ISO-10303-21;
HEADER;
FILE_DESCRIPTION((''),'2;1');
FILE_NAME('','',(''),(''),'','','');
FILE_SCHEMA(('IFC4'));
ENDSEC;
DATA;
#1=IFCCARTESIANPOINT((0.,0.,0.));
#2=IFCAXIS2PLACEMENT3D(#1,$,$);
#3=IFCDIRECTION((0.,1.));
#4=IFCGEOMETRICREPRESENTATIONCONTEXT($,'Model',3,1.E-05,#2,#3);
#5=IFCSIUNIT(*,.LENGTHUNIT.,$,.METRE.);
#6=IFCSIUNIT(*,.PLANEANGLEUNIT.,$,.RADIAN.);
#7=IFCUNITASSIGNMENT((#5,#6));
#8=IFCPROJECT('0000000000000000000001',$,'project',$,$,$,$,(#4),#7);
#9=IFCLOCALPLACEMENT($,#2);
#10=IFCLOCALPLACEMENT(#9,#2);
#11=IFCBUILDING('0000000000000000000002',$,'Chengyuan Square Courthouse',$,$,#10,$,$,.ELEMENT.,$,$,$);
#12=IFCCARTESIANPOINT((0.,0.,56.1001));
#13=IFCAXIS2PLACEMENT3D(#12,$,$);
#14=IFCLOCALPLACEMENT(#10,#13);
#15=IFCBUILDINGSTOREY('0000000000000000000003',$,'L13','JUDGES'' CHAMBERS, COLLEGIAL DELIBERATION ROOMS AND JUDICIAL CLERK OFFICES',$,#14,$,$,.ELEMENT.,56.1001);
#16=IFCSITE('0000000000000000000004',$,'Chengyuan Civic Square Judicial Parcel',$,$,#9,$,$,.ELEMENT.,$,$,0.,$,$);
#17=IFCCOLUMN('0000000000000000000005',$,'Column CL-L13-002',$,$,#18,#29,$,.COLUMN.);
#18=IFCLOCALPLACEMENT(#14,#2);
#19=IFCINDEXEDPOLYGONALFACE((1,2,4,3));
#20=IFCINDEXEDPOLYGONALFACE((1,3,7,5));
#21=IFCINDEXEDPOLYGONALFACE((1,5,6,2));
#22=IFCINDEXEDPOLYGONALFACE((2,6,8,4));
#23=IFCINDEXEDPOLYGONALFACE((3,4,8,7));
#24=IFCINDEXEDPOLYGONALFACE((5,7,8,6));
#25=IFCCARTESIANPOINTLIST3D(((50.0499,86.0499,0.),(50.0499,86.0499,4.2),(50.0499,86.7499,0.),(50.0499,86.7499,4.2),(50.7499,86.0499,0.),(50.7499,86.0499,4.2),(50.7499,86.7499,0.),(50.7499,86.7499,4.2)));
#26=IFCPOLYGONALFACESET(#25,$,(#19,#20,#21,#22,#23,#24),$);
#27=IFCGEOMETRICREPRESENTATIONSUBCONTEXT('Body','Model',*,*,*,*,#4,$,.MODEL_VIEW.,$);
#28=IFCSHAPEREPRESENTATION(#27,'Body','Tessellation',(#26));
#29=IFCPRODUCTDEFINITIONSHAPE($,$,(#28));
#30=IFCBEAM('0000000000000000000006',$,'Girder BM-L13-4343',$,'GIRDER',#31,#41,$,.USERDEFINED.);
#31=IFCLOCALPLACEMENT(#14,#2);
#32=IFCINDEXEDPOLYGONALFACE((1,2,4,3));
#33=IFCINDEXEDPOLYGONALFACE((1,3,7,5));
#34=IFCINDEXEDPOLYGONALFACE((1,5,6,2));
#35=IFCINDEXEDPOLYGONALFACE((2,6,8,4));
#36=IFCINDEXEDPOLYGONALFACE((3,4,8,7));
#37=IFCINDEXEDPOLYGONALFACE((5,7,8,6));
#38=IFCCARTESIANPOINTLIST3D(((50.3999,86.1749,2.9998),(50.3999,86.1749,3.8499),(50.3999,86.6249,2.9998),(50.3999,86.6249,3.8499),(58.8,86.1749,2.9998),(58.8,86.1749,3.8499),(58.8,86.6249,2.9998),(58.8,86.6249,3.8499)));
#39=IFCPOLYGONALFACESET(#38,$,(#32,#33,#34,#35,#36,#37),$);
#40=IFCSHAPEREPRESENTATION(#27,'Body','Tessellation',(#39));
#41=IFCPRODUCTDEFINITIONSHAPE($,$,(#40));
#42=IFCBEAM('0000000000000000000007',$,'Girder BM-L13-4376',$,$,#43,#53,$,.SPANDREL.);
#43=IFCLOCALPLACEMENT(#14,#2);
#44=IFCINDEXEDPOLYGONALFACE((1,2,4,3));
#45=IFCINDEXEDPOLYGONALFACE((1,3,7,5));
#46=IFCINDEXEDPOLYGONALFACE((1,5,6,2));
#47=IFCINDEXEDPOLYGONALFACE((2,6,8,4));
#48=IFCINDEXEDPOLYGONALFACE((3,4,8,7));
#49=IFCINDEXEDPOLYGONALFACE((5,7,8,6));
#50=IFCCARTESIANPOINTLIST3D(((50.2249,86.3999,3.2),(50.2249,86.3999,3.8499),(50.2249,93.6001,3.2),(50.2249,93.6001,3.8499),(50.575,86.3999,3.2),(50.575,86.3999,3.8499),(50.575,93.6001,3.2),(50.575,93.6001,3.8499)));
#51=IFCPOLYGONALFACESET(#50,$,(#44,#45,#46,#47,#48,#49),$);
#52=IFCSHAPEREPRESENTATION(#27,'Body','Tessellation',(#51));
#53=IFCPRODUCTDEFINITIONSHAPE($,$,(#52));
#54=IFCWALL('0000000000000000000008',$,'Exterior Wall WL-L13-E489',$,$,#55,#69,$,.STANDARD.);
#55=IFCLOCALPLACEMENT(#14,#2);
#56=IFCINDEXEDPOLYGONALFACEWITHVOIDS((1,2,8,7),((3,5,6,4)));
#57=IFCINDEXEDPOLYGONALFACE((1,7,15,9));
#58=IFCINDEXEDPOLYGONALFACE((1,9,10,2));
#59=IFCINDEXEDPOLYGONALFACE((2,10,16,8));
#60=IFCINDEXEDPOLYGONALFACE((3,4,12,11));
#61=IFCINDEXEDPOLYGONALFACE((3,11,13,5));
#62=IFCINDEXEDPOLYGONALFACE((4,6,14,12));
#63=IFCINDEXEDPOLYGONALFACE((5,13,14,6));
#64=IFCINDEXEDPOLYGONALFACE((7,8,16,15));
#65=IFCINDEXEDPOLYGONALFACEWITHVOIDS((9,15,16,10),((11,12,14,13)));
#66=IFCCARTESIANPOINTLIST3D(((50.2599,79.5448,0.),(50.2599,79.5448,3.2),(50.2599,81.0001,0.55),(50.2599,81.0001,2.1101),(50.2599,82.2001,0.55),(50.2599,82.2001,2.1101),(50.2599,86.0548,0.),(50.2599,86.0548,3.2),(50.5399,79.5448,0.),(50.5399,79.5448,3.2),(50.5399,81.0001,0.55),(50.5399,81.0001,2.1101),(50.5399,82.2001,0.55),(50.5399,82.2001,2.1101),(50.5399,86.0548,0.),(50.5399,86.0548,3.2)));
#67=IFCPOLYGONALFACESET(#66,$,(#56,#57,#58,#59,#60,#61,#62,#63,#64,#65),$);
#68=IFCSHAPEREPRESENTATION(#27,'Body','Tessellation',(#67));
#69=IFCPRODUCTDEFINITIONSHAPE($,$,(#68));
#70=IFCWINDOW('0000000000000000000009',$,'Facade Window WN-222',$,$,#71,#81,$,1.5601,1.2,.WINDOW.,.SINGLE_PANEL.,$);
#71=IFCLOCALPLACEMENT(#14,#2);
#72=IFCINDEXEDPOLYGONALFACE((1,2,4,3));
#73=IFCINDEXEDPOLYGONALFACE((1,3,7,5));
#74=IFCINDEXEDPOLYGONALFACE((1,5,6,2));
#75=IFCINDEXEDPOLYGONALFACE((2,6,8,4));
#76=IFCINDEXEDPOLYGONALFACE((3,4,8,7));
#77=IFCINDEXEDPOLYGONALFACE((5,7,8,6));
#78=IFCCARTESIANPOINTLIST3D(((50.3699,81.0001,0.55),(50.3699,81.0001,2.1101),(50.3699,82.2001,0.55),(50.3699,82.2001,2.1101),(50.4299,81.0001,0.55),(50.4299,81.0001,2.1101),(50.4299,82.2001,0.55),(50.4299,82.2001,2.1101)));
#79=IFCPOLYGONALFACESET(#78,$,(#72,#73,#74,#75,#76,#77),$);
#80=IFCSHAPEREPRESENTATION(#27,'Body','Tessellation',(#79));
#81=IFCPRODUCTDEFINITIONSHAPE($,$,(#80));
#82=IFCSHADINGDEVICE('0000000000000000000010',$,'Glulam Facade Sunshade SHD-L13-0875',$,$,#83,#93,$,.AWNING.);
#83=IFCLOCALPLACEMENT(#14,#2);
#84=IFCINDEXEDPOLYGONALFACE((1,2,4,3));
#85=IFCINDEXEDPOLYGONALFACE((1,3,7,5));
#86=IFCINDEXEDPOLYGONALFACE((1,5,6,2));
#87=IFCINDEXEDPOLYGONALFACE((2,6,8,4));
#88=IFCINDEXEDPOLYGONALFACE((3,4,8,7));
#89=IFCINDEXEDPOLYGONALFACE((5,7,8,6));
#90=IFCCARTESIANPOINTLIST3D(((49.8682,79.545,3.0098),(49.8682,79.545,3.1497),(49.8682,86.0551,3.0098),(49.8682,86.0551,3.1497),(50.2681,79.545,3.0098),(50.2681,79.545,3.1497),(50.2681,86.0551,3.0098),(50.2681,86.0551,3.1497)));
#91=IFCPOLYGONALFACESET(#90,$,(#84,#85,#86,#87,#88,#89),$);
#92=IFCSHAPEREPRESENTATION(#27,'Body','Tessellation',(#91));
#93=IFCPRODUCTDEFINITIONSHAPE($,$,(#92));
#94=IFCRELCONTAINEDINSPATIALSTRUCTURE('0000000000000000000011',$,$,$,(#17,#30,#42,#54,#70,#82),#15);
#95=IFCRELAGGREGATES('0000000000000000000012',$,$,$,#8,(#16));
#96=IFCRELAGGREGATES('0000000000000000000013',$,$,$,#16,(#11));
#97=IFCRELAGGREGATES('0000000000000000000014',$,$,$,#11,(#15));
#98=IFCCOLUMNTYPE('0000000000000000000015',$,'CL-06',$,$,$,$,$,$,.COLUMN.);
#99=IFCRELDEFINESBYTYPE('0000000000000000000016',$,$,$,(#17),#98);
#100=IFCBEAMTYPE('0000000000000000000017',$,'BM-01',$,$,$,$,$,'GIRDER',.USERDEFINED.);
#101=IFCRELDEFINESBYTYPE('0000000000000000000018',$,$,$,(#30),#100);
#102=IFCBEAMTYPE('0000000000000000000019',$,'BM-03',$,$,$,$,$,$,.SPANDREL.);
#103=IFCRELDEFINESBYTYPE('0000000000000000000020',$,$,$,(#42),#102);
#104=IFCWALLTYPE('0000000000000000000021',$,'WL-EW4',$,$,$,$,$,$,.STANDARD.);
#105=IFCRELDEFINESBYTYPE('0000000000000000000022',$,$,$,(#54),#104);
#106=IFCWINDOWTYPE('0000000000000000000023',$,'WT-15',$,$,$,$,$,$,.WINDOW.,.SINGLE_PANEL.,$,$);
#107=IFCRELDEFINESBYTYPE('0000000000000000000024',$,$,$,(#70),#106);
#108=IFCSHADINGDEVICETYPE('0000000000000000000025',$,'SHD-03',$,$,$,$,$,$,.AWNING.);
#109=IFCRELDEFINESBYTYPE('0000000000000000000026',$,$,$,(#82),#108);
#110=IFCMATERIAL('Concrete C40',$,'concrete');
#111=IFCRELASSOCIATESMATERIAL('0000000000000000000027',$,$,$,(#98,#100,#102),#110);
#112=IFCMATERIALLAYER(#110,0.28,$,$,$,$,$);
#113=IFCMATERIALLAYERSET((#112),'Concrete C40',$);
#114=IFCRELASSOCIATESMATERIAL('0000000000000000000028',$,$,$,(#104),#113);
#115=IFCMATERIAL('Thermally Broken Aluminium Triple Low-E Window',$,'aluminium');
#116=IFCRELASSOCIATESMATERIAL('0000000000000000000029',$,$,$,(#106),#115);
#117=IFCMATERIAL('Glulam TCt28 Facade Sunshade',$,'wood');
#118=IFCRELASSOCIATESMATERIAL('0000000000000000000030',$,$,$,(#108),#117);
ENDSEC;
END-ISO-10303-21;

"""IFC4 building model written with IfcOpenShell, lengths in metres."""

from ifc_helpers import new_model, si_unit, direction, frame, frame_2d, origin, origin_2d, place, context, subcontext, project, spatial, rectangle, extrude, material, layer, layer_set, material_profile, profile_set, type_object, element, fill, save


model = new_model("IFC4")

# Units and contexts
model_context = context("Model", 3, precision=1e-05, world=origin(), true_north=direction((0.0, 1.0)))
body_context = subcontext(model_context, "Body", "Model", "MODEL_VIEW")
ifc_project = project(units=[si_unit("LENGTHUNIT", "METRE"), si_unit("PLANEANGLEUNIT", "RADIAN")], contexts=[model_context])

# Site, building, storey
site_placement = place(None, origin())
site = spatial("IfcSite", under=ifc_project, at=site_placement, Name="Chengyuan Civic Square Judicial Parcel", CompositionType="ELEMENT", RefElevation=0.0)
building_placement = place(site_placement, origin())
building = spatial("IfcBuilding", under=site, at=building_placement, Name="Chengyuan Square Courthouse", CompositionType="ELEMENT")
storey_placement = place(building_placement, frame((0.0, 0.0, 56.1001)))
storey = spatial("IfcBuildingStorey", under=building, at=storey_placement, Name="L13", Description="JUDGES' CHAMBERS, COLLEGIAL DELIBERATION ROOMS AND JUDICIAL CLERK OFFICES", CompositionType="ELEMENT", Elevation=56.1001)

# Column
ifc_material_1 = material(Name="Concrete C40", Category="concrete")
ifc_material_profile_1 = material_profile(ifc_material_1, rectangle(XDim=0.7, YDim=0.7, at=origin_2d()), Name="RC-COL-700x700")
ifc_profile_set_1 = profile_set([ifc_material_profile_1], Name="Concrete C40")
column_type = type_object("IfcColumnType", Name="CL-06", PredefinedType="COLUMN", material=ifc_profile_set_1)
column_placement = place(storey_placement, frame((50.3999, 86.3999, 0.0), z_axis=(0.0, 0.0, 1.0), x_axis=(1.0, 0.0, 0.0)))
element("IfcColumn", 1, at=column_placement, inside=storey, type_object=column_type, Name="Column CL-L13-002", PredefinedType="COLUMN", context=body_context, shape_type="SweptSolid", body=[
    extrude(rectangle(XDim=0.7, YDim=0.7, at=origin_2d()), origin(), (0.0, 0.0, 1.0), 4.2),
])

# Beams
ifc_material_profile_2 = material_profile(ifc_material_1, rectangle(XDim=0.45, YDim=0.8501, at=origin_2d()), Name="RC-BM-450x850")
ifc_profile_set_2 = profile_set([ifc_material_profile_2], Name="Concrete C40")
beam_type_1 = type_object("IfcBeamType", Name="BM-01", ElementType="GIRDER", PredefinedType="USERDEFINED", material=ifc_profile_set_2)
beam_1_placement = place(storey_placement, frame((50.3999, 86.3999, 3.4248), z_axis=(1.0, 0.0, 0.0), x_axis=(0.0, 1.0, 0.0)))
element("IfcBeam", 2, at=beam_1_placement, inside=storey, type_object=beam_type_1, Name="Girder BM-L13-4343", ObjectType="GIRDER", PredefinedType="USERDEFINED", context=body_context, shape_type="SweptSolid", body=[
    extrude(rectangle(XDim=0.45, YDim=0.8501, at=origin_2d()), origin(), (0.0, 0.0, 1.0), 8.4001),
])
ifc_material_profile_3 = material_profile(ifc_material_1, rectangle(XDim=0.3501, YDim=0.6499, at=origin_2d()), Name="RC-BM-350x650")
ifc_profile_set_3 = profile_set([ifc_material_profile_3], Name="Concrete C40")
beam_type_2 = type_object("IfcBeamType", Name="BM-03", PredefinedType="SPANDREL", material=ifc_profile_set_3)
beam_2_placement = place(storey_placement, frame((50.3999, 86.3999, 3.5249), z_axis=(0.0, 1.0, 0.0), x_axis=(-1.0, 0.0, 0.0)))
element("IfcBeam", 3, at=beam_2_placement, inside=storey, type_object=beam_type_2, Name="Girder BM-L13-4376", PredefinedType="SPANDREL", context=body_context, shape_type="SweptSolid", body=[
    extrude(rectangle(XDim=0.3501, YDim=0.6499, at=origin_2d()), origin(), (0.0, 0.0, 1.0), 7.2002),
])

# Wall, opening, window
ifc_layer_1 = layer(ifc_material_1, 0.28)
ifc_layer_set_1 = layer_set([ifc_layer_1], Name="Concrete C40")
wall_type_1 = type_object("IfcWallType", Name="WL-EW4", PredefinedType="STANDARD", material=ifc_layer_set_1)
wall_1_placement = place(storey_placement, frame((50.3999, 79.5449, 0.0), z_axis=(0.0, 0.0, 1.0), x_axis=(0.0, 1.0, 0.0)))
wall_1 = element("IfcWall", 4, at=wall_1_placement, inside=storey, type_object=wall_type_1, Name="Exterior Wall WL-L13-E489", PredefinedType="STANDARD", context=body_context, shape_type="SweptSolid", body=[
    extrude(rectangle(XDim=6.51, YDim=0.28, at=frame_2d((3.2549, 0.0))), origin(), (0.0, 0.0, 1.0), 3.2),
])
opening_1_placement = place(wall_1_placement, frame((1.4551, 0.0, 0.55)))
opening_1 = element("IfcOpeningElement", 5, at=opening_1_placement, cuts=wall_1, PredefinedType="OPENING", context=body_context, shape_type="SweptSolid", body=[
    extrude(rectangle(XDim=1.2, YDim=1.5601, at=frame_2d((0.6001, 0.78))), frame((0.0, 0.1521, 0.0), z_axis=(0.0, -1.0, 0.0), x_axis=(1.0, 0.0, 0.0)), (0.0, 0.0, 1.0), 0.304),
])
ifc_material_2 = material(Name="Thermally Broken Aluminium Triple Low-E Window", Category="aluminium")
window_type = type_object("IfcWindowType", Name="WT-15", PartitioningType="SINGLE_PANEL", PredefinedType="WINDOW", material=ifc_material_2)
window_placement = place(opening_1_placement, origin())
window = element("IfcWindow", 6, at=window_placement, inside=storey, type_object=window_type, Name="Facade Window WN-222", OverallHeight=1.5601, OverallWidth=1.2, PartitioningType="SINGLE_PANEL", PredefinedType="WINDOW", context=body_context, shape_type="SweptSolid", body=[
    extrude(rectangle(XDim=1.2, YDim=1.5601, at=frame_2d((0.6001, 0.78))), frame((0.0, 0.03, 0.0), z_axis=(0.0, -1.0, 0.0), x_axis=(1.0, 0.0, 0.0)), (0.0, 0.0, 1.0), 0.0601),
])
fill(opening_1, window)

# Shading device
ifc_material_3 = material(Name="Glulam TCt28 Facade Sunshade", Category="wood")
shading_device_type = type_object("IfcShadingDeviceType", Name="SHD-03", PredefinedType="AWNING", material=ifc_material_3)
shading_device_placement = place(storey_placement, frame((50.0681, 82.8, 3.0098), z_axis=(0.0, 0.0, 1.0), x_axis=(0.0, 1.0, 0.0)))
element("IfcShadingDevice", 7, at=shading_device_placement, inside=storey, type_object=shading_device_type, Name="Glulam Facade Sunshade SHD-L13-0875", PredefinedType="AWNING", context=body_context, shape_type="SweptSolid", body=[
    extrude(rectangle(XDim=6.51, YDim=0.3999, at=origin_2d()), origin(), (0.0, 0.0, 1.0), 0.1399),
])

save(model, "model.ifc")
